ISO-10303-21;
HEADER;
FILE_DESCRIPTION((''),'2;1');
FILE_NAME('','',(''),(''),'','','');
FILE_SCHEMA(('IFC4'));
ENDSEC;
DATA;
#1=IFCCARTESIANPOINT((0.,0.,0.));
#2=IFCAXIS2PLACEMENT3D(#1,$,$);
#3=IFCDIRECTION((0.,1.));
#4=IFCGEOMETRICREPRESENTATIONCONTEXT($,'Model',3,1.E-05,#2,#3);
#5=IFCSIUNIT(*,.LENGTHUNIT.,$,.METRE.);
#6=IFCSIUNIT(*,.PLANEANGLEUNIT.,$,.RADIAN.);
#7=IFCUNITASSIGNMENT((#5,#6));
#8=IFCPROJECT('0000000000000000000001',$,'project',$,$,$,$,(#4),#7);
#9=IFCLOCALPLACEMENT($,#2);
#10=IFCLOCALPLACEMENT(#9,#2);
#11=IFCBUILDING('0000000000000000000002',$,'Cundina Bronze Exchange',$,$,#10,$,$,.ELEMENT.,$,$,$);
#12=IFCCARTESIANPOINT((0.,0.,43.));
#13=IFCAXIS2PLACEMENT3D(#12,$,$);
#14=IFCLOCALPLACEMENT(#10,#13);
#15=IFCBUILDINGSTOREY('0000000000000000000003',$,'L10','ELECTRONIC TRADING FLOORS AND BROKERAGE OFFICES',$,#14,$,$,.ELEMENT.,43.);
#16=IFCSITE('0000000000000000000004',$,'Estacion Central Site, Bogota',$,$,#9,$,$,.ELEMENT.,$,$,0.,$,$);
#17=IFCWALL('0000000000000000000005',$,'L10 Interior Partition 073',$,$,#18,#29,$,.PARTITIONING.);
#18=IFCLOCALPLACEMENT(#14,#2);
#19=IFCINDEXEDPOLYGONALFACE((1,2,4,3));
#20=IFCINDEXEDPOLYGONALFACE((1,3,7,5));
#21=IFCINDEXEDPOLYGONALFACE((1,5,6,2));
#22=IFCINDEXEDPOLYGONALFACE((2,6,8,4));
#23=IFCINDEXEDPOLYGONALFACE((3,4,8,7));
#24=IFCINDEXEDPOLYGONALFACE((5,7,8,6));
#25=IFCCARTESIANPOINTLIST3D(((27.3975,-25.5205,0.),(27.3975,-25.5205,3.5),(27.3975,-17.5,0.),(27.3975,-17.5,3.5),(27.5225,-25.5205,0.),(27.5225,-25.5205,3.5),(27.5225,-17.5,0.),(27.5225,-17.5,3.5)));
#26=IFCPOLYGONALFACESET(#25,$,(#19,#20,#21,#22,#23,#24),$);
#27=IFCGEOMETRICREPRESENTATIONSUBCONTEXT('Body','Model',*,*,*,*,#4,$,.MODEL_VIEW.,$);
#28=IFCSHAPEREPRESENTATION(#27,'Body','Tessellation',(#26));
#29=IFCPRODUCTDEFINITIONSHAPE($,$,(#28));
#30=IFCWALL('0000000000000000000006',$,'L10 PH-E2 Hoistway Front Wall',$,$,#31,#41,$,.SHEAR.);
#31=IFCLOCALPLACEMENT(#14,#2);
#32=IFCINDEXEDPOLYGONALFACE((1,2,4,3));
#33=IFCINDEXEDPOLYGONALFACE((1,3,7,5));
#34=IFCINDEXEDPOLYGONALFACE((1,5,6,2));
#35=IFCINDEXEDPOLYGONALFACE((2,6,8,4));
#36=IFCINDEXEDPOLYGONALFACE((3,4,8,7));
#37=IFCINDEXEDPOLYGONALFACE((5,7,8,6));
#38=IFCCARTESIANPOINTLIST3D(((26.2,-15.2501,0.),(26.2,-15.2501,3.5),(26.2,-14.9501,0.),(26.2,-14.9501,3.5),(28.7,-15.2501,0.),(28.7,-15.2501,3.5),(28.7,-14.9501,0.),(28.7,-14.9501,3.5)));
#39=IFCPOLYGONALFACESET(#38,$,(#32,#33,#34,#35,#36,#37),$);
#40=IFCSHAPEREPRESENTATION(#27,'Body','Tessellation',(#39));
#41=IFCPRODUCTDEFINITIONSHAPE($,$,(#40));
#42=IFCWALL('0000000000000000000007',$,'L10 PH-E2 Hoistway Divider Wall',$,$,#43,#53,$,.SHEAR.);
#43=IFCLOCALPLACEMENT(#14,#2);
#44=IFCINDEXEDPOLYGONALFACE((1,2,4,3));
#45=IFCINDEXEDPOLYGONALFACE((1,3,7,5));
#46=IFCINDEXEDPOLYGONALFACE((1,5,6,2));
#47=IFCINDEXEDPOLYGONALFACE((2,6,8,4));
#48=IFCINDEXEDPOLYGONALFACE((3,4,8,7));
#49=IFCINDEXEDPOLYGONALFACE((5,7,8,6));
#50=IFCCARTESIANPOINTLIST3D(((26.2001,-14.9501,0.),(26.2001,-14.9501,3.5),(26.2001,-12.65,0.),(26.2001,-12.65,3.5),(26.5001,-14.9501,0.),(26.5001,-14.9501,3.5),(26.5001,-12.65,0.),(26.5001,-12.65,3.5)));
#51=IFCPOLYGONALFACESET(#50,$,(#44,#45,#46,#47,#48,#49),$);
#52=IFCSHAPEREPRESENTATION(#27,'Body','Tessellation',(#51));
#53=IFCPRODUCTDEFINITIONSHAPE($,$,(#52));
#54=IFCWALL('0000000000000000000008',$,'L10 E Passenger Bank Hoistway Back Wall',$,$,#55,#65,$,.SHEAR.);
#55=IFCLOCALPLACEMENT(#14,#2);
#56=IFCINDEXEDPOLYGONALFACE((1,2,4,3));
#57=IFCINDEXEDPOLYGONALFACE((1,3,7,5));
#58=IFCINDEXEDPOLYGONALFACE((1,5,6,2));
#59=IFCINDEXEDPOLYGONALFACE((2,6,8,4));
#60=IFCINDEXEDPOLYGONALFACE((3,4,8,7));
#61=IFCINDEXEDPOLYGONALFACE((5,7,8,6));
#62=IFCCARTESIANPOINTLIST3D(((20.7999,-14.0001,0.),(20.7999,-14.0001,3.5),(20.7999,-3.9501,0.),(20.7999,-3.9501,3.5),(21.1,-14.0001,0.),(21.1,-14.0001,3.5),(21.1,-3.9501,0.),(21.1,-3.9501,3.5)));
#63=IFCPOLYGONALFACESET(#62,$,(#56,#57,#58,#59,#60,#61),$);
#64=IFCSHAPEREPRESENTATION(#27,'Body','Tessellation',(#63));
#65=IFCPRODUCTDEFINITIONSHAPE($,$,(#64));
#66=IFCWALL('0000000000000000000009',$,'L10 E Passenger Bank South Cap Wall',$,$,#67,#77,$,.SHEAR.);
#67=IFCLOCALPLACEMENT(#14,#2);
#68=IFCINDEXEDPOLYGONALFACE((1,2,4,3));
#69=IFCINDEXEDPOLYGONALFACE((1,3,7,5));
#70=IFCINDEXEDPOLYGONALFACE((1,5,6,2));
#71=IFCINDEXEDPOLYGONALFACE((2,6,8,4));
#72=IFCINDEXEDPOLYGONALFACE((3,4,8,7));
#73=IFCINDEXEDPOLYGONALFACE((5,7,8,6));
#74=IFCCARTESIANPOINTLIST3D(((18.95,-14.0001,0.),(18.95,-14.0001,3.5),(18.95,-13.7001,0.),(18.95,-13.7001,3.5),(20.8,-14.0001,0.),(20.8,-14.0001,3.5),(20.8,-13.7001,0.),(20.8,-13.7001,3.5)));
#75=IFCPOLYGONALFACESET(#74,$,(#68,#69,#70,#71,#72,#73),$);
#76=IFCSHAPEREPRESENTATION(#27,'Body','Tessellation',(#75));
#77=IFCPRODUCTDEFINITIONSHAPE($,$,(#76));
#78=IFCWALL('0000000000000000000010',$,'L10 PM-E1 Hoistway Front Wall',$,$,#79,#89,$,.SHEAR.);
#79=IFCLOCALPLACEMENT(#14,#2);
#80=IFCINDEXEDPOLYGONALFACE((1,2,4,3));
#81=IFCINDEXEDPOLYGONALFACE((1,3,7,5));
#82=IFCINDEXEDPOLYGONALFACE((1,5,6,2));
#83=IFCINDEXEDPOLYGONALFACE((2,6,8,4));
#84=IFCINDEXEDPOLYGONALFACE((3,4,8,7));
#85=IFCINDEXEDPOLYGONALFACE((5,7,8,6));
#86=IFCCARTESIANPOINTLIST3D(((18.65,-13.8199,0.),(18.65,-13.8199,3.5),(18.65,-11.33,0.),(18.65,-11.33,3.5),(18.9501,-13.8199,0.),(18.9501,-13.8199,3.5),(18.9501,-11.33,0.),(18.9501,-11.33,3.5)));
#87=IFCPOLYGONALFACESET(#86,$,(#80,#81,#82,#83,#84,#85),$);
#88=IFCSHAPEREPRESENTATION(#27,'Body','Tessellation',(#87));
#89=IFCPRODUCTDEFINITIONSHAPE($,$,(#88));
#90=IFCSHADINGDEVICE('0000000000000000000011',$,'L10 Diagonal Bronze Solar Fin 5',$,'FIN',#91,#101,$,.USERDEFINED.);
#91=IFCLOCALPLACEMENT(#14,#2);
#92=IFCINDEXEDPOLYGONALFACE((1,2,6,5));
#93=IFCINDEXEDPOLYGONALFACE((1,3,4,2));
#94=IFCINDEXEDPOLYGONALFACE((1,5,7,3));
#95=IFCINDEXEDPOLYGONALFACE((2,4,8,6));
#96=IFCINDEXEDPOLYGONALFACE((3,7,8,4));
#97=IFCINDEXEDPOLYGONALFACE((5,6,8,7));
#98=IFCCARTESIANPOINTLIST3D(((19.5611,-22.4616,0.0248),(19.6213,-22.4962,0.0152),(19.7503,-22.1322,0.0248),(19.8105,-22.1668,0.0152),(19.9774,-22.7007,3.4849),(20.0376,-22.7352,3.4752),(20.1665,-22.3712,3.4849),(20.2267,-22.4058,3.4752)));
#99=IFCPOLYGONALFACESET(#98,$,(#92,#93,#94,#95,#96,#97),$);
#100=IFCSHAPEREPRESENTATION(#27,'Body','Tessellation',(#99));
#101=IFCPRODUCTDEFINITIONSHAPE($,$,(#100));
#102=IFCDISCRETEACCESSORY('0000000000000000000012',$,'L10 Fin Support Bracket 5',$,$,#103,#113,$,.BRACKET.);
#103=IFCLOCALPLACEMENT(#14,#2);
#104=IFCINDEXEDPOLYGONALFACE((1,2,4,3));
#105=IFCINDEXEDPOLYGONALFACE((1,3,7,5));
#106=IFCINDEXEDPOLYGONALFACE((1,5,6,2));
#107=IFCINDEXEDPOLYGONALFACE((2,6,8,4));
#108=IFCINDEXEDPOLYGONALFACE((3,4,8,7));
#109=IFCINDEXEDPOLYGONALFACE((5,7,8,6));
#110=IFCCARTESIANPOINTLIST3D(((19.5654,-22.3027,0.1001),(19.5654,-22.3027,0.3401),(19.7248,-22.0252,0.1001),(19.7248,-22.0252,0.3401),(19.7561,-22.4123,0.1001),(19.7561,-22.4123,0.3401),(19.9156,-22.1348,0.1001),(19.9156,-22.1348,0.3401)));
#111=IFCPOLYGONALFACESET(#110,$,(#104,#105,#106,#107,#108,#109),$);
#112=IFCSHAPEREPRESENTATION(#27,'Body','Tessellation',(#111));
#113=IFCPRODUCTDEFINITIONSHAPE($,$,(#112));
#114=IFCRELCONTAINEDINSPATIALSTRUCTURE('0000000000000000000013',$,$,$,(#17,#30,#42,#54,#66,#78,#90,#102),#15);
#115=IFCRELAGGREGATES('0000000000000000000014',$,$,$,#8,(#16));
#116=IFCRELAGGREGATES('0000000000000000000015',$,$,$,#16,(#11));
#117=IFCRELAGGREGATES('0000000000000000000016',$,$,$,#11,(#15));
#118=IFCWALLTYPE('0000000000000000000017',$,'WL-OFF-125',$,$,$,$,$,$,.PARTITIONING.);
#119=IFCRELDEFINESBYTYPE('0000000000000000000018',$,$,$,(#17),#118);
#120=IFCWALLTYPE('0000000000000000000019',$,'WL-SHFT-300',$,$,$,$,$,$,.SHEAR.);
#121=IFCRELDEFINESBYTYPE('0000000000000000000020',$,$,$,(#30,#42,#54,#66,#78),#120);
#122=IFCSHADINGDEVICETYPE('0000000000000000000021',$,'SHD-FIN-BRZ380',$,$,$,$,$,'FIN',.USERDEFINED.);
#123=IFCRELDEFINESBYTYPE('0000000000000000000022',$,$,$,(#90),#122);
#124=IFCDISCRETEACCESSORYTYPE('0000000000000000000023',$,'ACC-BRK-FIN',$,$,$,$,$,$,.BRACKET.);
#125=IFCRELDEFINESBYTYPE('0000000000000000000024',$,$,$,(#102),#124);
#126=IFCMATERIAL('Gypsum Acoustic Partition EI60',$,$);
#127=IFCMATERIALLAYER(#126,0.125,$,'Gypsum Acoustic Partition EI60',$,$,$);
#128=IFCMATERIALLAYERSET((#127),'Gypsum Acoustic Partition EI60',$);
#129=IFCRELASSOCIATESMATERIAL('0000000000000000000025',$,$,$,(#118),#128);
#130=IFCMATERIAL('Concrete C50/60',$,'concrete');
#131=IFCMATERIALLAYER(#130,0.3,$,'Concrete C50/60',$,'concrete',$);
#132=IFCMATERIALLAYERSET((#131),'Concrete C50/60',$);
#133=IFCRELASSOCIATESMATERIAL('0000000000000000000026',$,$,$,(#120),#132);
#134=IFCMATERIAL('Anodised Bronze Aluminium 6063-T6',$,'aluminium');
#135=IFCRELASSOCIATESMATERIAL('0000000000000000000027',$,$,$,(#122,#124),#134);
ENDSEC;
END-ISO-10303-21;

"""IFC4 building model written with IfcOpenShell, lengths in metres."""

from ifc_helpers import new_model, si_unit, direction, frame, frame_2d, origin, origin_2d, place, context, subcontext, project, spatial, rectangle, extrude, material, layer, layer_set, material_profile, profile_set, type_object, element, save


model = new_model("IFC4")

# Units and contexts
model_context = context("Model", 3, precision=1e-05, world=origin(), true_north=direction((0.0, 1.0)))
body_context = subcontext(model_context, "Body", "Model", "MODEL_VIEW")
ifc_project = project(units=[si_unit("LENGTHUNIT", "METRE"), si_unit("PLANEANGLEUNIT", "RADIAN")], contexts=[model_context])

# Site, building, storey
site_placement = place(None, origin())
site = spatial("IfcSite", under=ifc_project, at=site_placement, Name="Estacion Central Site, Bogota", CompositionType="ELEMENT", RefElevation=0.0)
building_placement = place(site_placement, origin())
building = spatial("IfcBuilding", under=site, at=building_placement, Name="Cundina Bronze Exchange", CompositionType="ELEMENT")
storey_placement = place(building_placement, frame((0.0, 0.0, 43.0)))
storey = spatial("IfcBuildingStorey", under=building, at=storey_placement, Name="L10", Description="ELECTRONIC TRADING FLOORS AND BROKERAGE OFFICES", CompositionType="ELEMENT", Elevation=43.0)

# Shared definitions
ifc_material_1 = material(Name="Anodised Bronze Aluminium 6063-T6", Category="aluminium")

# Walls
ifc_material_2 = material(Name="Gypsum Acoustic Partition EI60")
ifc_layer_1 = layer(ifc_material_2, 0.125, Name="Gypsum Acoustic Partition EI60")
ifc_layer_set_1 = layer_set([ifc_layer_1], Name="Gypsum Acoustic Partition EI60")
wall_type_1 = type_object("IfcWallType", Name="WL-OFF-125", PredefinedType="PARTITIONING", material=ifc_layer_set_1)
wall_1_placement = place(storey_placement, frame((27.46, -25.5205, 0.0), z_axis=(0.0, 0.0, 1.0), x_axis=(0.0, 1.0, 0.0)))
element("IfcWall", 1, at=wall_1_placement, inside=storey, type_object=wall_type_1, Name="L10 Interior Partition 073", PredefinedType="PARTITIONING", context=body_context, shape_type="SweptSolid", body=[
    extrude(rectangle(XDim=8.0205, YDim=0.125, at=frame_2d((4.0103, 0.0))), origin(), (0.0, 0.0, 1.0), 3.5),
])
ifc_material_3 = material(Name="Concrete C50/60", Category="concrete")
ifc_layer_2 = layer(ifc_material_3, 0.3, Name="Concrete C50/60", Category="concrete")
ifc_layer_set_2 = layer_set([ifc_layer_2], Name="Concrete C50/60")
wall_type_2 = type_object("IfcWallType", Name="WL-SHFT-300", PredefinedType="SHEAR", material=ifc_layer_set_2)
wall_2_placement = place(storey_placement, frame((26.2, -15.1001, 0.0), z_axis=(0.0, 0.0, 1.0), x_axis=(1.0, 0.0, 0.0)))
element("IfcWall", 2, at=wall_2_placement, inside=storey, type_object=wall_type_2, Name="L10 PH-E2 Hoistway Front Wall", PredefinedType="SHEAR", context=body_context, shape_type="SweptSolid", body=[
    extrude(rectangle(XDim=2.5, YDim=0.3, at=frame_2d((1.25, 0.0))), origin(), (0.0, 0.0, 1.0), 3.5),
])
wall_3_placement = place(storey_placement, frame((26.3501, -14.95, 0.0), z_axis=(0.0, 0.0, 1.0), x_axis=(0.0, 1.0, 0.0)))
element("IfcWall", 3, at=wall_3_placement, inside=storey, type_object=wall_type_2, Name="L10 PH-E2 Hoistway Divider Wall", PredefinedType="SHEAR", context=body_context, shape_type="SweptSolid", body=[
    extrude(rectangle(XDim=2.3, YDim=0.3, at=frame_2d((1.1499, 0.0))), origin(), (0.0, 0.0, 1.0), 3.5),
])
wall_4_placement = place(storey_placement, frame((20.95, -14.0, 0.0), z_axis=(0.0, 0.0, 1.0), x_axis=(0.0, 1.0, 0.0)))
element("IfcWall", 4, at=wall_4_placement, inside=storey, type_object=wall_type_2, Name="L10 E Passenger Bank Hoistway Back Wall", PredefinedType="SHEAR", context=body_context, shape_type="SweptSolid", body=[
    extrude(rectangle(XDim=10.05, YDim=0.3, at=frame_2d((5.0249, 0.0))), origin(), (0.0, 0.0, 1.0), 3.5),
])
wall_5_placement = place(storey_placement, frame((18.95, -13.8501, 0.0), z_axis=(0.0, 0.0, 1.0), x_axis=(1.0, 0.0, 0.0)))
element("IfcWall", 5, at=wall_5_placement, inside=storey, type_object=wall_type_2, Name="L10 E Passenger Bank South Cap Wall", PredefinedType="SHEAR", context=body_context, shape_type="SweptSolid", body=[
    extrude(rectangle(XDim=1.8501, YDim=0.3, at=frame_2d((0.925, 0.0))), origin(), (0.0, 0.0, 1.0), 3.5),
])
wall_6_placement = place(storey_placement, frame((18.8, -13.8201, 0.0), z_axis=(0.0, 0.0, 1.0), x_axis=(0.0, 1.0, 0.0)))
element("IfcWall", 6, at=wall_6_placement, inside=storey, type_object=wall_type_2, Name="L10 PM-E1 Hoistway Front Wall", PredefinedType="SHEAR", context=body_context, shape_type="SweptSolid", body=[
    extrude(rectangle(XDim=2.49, YDim=0.3, at=frame_2d((1.2451, 0.0))), origin(), (0.0, 0.0, 1.0), 3.5),
])

# Shading device
ifc_material_profile_1 = material_profile(ifc_material_1, rectangle(XDim=0.0701, YDim=0.3799, at=origin_2d()), Name="FIN70X380", Category="aluminium")
ifc_profile_set_1 = profile_set([ifc_material_profile_1], Name="Anodised Bronze Aluminium 6063-T6")
shading_device_type = type_object("IfcShadingDeviceType", Name="SHD-FIN-BRZ380", ElementType="FIN", PredefinedType="USERDEFINED", material=ifc_profile_set_1)
shading_device_placement = place(storey_placement, frame((19.6858, -22.3142, 0.02), z_axis=(0.119166, -0.068425, 0.990514), x_axis=(-0.858982, 0.493222, 0.137414)))
element("IfcShadingDevice", 7, at=shading_device_placement, inside=storey, type_object=shading_device_type, Name="L10 Diagonal Bronze Solar Fin 5", ObjectType="FIN", PredefinedType="USERDEFINED", context=body_context, shape_type="SweptSolid", body=[
    extrude(rectangle(XDim=0.0701, YDim=0.3799, at=origin_2d()), origin(), (0.0, 0.0, 1.0), 3.4932),
])

# Discrete accessory
discrete_accessory_type = type_object("IfcDiscreteAccessoryType", Name="ACC-BRK-FIN", PredefinedType="BRACKET", material=ifc_material_1)
discrete_accessory_placement = place(storey_placement, frame((19.7405, -22.2188, 0.1001), z_axis=(0.0, 0.0, 1.0), x_axis=(0.867105, -0.498125, 0.0)))
element("IfcDiscreteAccessory", 8, at=discrete_accessory_placement, inside=storey, type_object=discrete_accessory_type, Name="L10 Fin Support Bracket 5", PredefinedType="BRACKET", context=body_context, shape_type="SweptSolid", body=[
    extrude(rectangle(XDim=0.22, YDim=0.3201, at=origin_2d()), origin(), (0.0, 0.0, 1.0), 0.24),
])

save(model, "model.ifc")
